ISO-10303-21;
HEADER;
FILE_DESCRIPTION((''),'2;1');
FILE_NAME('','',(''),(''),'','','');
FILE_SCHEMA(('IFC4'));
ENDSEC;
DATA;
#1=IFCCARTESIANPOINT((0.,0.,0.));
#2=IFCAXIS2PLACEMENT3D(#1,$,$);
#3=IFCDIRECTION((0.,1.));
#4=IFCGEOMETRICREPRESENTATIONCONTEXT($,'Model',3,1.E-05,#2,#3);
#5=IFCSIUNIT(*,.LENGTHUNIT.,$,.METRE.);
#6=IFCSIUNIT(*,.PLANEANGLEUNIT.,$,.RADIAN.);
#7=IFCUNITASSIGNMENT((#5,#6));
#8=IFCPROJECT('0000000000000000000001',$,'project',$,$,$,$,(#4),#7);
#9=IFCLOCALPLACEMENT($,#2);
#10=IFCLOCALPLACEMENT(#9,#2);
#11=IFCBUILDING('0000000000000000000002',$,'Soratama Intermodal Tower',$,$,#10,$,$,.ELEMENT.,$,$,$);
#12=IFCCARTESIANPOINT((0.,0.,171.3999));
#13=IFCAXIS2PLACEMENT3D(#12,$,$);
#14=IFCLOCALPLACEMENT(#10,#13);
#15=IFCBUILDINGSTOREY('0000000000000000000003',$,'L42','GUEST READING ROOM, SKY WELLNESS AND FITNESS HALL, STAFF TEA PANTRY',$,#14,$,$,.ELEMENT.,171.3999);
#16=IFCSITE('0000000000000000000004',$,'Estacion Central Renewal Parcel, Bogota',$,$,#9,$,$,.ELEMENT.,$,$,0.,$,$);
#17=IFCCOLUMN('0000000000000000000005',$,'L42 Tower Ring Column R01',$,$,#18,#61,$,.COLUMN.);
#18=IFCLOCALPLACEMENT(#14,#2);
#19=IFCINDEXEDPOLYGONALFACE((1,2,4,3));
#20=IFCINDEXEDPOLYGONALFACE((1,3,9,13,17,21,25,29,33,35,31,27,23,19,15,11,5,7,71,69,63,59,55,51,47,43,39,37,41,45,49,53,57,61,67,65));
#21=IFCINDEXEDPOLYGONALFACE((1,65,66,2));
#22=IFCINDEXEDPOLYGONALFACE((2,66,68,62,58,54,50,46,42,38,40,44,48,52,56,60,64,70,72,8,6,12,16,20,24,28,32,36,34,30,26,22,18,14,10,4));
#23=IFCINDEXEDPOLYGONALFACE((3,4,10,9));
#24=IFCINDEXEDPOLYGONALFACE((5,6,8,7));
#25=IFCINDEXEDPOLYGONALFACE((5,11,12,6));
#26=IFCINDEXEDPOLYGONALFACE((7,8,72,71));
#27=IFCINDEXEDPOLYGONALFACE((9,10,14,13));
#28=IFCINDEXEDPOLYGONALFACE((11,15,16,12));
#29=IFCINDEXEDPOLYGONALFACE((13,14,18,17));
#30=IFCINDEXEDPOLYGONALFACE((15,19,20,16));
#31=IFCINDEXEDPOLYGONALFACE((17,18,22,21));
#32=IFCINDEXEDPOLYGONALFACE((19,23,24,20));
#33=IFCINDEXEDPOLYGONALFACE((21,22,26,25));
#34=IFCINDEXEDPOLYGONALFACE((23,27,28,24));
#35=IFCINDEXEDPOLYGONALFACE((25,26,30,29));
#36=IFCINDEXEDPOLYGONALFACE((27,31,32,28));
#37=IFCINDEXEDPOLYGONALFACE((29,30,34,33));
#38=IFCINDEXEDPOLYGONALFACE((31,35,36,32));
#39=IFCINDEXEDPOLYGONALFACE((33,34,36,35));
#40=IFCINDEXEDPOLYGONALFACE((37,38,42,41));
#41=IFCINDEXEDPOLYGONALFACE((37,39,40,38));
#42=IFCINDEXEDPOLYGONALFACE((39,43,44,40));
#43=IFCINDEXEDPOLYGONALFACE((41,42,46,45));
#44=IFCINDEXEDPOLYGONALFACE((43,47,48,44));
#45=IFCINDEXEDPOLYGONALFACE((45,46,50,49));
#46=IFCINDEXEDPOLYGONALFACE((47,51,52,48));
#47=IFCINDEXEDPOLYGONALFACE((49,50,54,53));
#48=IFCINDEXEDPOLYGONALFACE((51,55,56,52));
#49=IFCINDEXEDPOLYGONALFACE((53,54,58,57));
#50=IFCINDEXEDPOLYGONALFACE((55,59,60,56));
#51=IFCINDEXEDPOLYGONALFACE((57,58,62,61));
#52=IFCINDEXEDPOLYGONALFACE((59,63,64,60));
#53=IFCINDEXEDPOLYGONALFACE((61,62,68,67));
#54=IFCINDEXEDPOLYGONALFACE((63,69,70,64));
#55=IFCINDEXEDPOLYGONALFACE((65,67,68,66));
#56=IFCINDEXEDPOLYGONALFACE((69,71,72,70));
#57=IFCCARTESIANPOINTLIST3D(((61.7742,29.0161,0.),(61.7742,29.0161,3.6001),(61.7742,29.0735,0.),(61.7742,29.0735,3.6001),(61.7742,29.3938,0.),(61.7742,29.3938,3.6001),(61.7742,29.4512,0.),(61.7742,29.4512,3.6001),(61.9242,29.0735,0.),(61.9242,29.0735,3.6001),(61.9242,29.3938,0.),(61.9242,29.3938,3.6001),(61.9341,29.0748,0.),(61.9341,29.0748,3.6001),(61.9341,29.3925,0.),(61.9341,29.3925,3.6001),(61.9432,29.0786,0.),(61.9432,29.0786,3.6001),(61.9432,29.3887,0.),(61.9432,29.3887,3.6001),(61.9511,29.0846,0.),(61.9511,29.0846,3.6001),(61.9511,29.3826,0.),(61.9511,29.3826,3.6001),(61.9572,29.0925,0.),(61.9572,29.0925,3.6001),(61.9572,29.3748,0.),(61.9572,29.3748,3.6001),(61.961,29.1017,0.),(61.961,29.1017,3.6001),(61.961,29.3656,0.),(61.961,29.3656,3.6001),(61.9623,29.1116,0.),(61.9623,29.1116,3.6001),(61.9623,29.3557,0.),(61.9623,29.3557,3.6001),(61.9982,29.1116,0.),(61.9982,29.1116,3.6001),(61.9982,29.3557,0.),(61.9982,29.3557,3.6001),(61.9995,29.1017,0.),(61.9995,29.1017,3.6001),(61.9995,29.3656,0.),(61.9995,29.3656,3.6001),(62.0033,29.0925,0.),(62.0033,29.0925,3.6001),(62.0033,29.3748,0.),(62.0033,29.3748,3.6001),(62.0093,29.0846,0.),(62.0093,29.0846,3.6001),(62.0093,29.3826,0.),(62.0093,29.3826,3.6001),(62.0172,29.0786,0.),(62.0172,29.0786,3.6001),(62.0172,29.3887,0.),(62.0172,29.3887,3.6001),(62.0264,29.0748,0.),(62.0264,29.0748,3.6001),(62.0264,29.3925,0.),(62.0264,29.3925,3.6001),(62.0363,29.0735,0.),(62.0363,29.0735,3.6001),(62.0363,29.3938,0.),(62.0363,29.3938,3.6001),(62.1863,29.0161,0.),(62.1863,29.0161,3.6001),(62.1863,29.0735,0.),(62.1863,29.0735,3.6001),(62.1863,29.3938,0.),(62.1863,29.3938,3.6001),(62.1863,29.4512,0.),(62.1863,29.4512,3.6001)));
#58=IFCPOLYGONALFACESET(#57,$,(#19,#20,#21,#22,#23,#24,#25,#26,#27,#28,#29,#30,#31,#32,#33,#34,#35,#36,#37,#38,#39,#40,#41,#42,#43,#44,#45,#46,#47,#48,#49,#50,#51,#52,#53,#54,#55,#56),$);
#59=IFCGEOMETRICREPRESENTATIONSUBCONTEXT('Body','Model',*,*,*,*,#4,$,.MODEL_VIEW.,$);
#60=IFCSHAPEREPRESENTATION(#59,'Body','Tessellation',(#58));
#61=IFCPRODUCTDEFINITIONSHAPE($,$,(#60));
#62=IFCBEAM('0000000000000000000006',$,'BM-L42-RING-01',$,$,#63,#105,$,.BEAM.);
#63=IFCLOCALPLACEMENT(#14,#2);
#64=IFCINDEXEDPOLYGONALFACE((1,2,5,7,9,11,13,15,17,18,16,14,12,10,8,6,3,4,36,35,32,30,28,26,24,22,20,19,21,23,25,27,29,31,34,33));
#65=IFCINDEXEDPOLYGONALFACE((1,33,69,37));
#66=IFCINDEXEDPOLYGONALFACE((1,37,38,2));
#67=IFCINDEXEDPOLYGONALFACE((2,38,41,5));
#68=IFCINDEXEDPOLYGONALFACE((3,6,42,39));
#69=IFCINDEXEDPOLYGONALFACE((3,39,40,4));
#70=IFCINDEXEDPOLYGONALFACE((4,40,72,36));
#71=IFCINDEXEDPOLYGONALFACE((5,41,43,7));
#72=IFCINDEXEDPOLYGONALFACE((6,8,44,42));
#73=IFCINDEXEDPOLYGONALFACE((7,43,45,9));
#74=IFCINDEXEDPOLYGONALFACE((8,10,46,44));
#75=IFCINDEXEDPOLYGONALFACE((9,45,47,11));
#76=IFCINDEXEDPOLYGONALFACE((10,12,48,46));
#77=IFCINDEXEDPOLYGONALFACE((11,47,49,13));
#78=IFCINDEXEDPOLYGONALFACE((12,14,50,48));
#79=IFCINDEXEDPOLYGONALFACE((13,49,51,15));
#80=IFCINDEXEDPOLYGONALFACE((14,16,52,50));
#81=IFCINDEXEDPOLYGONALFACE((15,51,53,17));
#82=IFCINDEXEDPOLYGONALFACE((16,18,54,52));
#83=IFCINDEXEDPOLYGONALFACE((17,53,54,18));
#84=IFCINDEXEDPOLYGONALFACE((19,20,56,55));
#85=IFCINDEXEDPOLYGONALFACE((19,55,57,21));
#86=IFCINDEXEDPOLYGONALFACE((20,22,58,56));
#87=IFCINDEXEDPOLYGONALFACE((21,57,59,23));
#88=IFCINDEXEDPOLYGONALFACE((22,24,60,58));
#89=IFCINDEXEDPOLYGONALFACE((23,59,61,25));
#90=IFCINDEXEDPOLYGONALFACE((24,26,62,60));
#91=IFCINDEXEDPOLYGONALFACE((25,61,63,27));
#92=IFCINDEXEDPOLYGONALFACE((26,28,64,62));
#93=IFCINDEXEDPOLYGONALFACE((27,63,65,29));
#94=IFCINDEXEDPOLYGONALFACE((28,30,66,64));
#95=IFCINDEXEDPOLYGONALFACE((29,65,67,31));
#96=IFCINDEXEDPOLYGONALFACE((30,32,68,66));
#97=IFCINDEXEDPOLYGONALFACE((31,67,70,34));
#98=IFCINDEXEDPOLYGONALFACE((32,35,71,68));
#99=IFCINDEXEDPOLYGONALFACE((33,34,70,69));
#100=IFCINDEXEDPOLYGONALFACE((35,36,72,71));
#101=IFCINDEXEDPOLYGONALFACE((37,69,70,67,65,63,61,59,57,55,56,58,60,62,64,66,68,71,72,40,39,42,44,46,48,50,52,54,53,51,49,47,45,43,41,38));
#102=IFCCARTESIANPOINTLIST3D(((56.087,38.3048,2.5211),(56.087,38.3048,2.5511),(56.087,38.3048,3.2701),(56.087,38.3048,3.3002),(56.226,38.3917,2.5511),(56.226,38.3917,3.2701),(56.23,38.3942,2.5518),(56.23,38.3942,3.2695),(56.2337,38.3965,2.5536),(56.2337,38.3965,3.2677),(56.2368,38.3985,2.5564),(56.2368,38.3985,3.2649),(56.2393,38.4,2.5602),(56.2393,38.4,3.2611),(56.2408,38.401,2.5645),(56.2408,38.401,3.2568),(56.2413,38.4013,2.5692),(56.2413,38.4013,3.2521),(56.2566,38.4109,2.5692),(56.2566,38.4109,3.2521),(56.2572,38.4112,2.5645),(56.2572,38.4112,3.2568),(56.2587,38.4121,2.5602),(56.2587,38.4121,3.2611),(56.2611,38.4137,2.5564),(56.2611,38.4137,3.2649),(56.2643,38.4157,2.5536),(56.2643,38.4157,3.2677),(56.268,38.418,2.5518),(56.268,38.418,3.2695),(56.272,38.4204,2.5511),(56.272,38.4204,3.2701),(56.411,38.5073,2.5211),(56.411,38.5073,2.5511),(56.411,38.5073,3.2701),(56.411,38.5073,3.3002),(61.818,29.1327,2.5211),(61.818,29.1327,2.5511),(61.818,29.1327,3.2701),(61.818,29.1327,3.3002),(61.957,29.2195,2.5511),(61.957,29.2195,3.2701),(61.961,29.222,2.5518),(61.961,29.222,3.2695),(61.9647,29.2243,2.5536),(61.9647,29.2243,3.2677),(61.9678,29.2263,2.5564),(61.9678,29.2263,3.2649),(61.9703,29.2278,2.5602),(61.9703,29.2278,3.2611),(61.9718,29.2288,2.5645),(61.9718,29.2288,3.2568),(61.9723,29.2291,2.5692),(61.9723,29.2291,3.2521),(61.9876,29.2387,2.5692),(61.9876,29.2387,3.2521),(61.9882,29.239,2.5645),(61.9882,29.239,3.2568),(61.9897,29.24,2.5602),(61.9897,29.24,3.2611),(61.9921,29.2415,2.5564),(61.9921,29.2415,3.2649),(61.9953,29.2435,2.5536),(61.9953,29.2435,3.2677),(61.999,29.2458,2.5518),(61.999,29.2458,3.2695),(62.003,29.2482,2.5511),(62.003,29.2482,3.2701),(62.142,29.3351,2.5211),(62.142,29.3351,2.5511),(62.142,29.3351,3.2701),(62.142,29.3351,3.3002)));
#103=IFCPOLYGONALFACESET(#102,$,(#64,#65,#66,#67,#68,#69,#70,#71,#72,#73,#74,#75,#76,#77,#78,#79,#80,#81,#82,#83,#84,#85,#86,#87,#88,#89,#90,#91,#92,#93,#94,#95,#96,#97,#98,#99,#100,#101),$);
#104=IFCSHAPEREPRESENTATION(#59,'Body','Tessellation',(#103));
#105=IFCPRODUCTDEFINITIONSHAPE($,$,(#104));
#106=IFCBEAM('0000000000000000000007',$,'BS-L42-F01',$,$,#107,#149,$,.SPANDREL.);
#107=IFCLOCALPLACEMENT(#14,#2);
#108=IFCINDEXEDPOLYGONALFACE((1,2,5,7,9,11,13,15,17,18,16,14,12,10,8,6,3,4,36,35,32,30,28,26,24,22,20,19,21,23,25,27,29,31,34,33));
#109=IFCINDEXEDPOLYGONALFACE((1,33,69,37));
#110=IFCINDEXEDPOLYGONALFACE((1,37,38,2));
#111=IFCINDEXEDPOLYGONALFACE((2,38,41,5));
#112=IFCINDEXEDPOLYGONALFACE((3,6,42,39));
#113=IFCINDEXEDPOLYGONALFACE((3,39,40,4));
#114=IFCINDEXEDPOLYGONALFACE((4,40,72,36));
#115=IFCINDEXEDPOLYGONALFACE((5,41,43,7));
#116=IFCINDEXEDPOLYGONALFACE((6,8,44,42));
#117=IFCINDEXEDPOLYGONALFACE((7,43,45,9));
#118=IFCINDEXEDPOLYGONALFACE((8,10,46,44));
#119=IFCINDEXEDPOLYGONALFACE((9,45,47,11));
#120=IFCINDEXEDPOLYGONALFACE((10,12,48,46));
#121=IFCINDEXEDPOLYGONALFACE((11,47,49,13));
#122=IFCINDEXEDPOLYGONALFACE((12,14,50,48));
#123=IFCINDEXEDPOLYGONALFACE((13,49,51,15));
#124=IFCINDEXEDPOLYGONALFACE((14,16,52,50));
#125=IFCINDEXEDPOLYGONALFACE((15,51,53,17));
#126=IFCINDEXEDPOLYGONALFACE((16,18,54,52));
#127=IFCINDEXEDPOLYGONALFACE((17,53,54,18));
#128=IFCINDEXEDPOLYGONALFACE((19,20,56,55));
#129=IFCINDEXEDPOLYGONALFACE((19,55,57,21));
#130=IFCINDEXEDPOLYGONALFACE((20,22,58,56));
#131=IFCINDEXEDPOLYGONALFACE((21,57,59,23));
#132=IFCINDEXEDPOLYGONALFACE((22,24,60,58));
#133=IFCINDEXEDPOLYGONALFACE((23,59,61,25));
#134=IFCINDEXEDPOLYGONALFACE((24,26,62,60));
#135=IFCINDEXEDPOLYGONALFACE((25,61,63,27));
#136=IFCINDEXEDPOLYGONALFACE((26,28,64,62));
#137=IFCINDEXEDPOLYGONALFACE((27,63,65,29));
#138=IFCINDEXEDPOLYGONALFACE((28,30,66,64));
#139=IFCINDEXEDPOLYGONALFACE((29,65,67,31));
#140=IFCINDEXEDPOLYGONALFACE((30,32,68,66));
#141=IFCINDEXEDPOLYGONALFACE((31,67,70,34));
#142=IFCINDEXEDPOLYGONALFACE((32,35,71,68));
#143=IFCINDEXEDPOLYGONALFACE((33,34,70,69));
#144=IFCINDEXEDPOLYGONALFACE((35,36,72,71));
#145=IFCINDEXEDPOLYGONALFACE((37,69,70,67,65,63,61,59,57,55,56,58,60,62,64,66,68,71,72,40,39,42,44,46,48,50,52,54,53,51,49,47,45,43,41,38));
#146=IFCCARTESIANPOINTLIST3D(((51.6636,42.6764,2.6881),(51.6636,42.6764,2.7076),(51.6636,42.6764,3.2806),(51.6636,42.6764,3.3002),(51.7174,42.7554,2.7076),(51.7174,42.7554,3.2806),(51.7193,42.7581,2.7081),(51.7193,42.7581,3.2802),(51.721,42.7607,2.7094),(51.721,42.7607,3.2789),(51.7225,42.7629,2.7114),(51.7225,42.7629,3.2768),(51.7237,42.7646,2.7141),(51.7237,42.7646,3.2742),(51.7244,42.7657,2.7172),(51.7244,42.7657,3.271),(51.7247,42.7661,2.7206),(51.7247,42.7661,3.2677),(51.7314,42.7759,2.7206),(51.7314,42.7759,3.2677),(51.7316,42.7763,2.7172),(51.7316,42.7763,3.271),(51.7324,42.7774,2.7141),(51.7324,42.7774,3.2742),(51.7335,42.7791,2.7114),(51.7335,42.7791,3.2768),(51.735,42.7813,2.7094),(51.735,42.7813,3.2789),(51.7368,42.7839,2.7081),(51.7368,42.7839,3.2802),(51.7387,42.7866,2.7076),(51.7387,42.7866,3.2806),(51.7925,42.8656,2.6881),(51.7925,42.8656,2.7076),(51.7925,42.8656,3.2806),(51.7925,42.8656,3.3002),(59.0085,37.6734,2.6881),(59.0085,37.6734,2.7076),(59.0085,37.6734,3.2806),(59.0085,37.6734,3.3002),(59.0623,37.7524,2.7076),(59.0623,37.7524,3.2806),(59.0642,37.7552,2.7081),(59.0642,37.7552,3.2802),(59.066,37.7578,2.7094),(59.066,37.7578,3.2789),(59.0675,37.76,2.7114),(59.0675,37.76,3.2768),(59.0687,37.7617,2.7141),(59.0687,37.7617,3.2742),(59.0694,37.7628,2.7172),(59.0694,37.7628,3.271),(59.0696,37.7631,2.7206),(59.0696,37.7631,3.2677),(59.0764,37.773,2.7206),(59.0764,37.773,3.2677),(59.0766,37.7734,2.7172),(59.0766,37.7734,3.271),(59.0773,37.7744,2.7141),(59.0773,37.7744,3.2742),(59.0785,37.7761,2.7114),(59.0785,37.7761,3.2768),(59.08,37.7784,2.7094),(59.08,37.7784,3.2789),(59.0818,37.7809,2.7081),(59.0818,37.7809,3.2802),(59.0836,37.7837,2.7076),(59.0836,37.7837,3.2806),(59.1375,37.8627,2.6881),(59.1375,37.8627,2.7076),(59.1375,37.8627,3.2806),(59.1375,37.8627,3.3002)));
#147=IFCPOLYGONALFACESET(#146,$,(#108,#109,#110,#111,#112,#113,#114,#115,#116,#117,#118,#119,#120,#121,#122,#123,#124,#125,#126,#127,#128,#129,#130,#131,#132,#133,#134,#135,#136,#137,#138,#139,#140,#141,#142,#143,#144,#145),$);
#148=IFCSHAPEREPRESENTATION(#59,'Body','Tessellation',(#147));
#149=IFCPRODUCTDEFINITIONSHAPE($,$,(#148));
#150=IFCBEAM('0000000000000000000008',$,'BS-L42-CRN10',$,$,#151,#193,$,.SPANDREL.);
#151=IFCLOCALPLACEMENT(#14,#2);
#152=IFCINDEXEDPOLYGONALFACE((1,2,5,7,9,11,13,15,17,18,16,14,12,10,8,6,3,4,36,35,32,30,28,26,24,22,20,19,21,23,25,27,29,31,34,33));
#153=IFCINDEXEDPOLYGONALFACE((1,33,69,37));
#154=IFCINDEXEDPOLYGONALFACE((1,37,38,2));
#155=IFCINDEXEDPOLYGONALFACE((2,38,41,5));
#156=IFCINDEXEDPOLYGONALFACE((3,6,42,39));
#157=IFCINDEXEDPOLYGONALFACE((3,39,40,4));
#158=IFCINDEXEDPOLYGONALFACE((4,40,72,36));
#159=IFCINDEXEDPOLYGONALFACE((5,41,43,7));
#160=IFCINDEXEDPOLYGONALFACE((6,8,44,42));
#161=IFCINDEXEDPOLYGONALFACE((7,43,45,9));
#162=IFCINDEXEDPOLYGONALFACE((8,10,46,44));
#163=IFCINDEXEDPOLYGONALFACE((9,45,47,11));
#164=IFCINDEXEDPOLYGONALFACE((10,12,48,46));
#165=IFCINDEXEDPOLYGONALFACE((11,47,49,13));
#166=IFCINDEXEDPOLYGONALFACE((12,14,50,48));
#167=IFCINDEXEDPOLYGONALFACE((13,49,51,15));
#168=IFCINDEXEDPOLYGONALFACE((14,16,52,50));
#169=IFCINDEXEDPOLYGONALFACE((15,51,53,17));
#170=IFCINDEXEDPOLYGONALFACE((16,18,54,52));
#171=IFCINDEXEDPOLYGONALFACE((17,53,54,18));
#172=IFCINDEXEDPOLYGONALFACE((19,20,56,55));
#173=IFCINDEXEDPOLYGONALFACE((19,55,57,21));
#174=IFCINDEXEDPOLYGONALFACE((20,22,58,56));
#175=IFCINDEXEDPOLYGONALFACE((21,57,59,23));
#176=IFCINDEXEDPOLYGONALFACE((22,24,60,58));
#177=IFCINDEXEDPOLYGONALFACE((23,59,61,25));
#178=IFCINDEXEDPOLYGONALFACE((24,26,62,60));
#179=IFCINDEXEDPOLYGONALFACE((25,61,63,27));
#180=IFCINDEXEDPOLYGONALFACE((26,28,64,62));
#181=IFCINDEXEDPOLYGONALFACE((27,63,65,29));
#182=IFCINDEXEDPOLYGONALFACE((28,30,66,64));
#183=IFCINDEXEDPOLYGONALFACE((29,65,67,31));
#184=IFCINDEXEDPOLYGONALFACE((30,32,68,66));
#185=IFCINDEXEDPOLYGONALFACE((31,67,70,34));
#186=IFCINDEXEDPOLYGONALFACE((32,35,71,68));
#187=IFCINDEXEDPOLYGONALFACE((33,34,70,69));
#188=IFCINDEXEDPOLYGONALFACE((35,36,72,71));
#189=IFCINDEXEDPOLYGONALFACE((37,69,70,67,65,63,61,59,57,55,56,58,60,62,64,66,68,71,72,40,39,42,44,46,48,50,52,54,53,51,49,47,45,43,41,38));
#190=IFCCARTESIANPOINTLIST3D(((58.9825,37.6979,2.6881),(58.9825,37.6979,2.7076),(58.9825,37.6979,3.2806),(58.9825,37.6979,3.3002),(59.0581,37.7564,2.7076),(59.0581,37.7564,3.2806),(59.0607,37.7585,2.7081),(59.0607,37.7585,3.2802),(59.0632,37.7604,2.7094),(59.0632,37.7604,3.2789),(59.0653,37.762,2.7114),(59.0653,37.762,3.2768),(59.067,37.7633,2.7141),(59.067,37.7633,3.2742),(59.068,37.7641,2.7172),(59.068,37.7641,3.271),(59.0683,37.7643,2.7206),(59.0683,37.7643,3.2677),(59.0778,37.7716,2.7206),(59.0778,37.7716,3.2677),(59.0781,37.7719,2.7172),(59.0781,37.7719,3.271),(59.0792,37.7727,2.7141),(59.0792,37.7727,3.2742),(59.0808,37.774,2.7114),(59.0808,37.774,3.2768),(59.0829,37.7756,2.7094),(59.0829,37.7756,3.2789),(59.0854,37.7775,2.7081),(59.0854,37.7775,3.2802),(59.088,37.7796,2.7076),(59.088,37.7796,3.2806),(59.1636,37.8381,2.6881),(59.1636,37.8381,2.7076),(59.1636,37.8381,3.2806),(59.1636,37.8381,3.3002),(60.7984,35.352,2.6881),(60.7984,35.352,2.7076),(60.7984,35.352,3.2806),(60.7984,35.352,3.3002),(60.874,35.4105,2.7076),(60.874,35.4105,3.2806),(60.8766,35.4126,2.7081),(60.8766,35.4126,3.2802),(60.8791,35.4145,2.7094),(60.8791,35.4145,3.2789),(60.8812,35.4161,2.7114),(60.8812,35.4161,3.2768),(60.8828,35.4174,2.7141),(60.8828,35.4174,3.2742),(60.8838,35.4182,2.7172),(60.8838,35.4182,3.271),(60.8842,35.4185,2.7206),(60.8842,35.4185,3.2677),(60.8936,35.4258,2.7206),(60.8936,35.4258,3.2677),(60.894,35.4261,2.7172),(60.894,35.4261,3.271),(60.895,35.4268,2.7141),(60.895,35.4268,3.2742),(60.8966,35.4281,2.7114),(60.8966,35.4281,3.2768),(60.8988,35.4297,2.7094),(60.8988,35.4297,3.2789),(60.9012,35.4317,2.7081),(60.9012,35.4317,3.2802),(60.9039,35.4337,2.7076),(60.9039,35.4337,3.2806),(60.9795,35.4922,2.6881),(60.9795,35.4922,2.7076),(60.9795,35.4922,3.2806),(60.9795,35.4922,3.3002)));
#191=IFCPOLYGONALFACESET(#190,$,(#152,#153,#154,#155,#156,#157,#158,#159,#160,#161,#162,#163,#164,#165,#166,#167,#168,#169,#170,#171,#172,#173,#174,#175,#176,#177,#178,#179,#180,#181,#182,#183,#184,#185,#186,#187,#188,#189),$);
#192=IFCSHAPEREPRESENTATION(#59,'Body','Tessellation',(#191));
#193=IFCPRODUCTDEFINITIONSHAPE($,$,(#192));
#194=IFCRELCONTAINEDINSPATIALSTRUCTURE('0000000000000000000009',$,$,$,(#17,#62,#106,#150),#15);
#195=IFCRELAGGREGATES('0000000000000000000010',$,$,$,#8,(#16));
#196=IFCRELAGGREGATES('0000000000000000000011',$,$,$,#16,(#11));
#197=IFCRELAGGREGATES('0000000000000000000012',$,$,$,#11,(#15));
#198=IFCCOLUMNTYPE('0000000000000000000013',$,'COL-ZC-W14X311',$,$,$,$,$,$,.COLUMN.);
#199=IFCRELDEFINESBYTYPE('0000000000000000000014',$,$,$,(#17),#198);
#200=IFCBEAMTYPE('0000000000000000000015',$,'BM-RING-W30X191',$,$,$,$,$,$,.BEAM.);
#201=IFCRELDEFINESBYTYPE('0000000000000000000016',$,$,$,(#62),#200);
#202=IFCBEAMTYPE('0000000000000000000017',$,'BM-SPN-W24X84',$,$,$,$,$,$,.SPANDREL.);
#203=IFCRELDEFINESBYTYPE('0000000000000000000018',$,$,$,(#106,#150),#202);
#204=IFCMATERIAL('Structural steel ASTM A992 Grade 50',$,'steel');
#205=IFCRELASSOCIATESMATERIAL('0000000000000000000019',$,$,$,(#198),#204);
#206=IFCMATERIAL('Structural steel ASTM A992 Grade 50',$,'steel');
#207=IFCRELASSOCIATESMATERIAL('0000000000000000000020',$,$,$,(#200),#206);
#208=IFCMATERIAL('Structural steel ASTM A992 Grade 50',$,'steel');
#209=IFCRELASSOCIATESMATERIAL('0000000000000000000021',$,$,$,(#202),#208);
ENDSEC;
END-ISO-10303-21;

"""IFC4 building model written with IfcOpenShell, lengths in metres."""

from ifc_helpers import new_model, si_unit, direction, frame, origin, origin_2d, place, context, subcontext, project, spatial, i_section, extrude, material, material_profile, profile_set, type_object, element, save


model = new_model("IFC4")

# Units and contexts
model_context = context("Model", 3, precision=1e-05, world=origin(), true_north=direction((0.0, 1.0)))
body_context = subcontext(model_context, "Body", "Model", "MODEL_VIEW")
ifc_project = project(units=[si_unit("LENGTHUNIT", "METRE"), si_unit("PLANEANGLEUNIT", "RADIAN")], contexts=[model_context])

# Site, building, storey
site_placement = place(None, origin())
site = spatial("IfcSite", under=ifc_project, at=site_placement, Name="Estacion Central Renewal Parcel, Bogota", CompositionType="ELEMENT", RefElevation=0.0)
building_placement = place(site_placement, origin())
building = spatial("IfcBuilding", under=site, at=building_placement, Name="Soratama Intermodal Tower", CompositionType="ELEMENT")
storey_placement = place(building_placement, frame((0.0, 0.0, 171.3999)))
storey = spatial("IfcBuildingStorey", under=building, at=storey_placement, Name="L42", Description="GUEST READING ROOM, SKY WELLNESS AND FITNESS HALL, STAFF TEA PANTRY", CompositionType="ELEMENT", Elevation=171.3999)

# Column
ifc_material_1 = material(Name="Structural steel ASTM A992 Grade 50", Category="steel")
ifc_material_profile_1 = material_profile(ifc_material_1, i_section(OverallWidth=0.4121, OverallDepth=0.4351, WebThickness=0.0359, FlangeThickness=0.0574, FilletRadius=0.0381, at=origin_2d()), Name="W14X311")
ifc_profile_set_1 = profile_set([ifc_material_profile_1], Name="Structural steel ASTM A992 Grade 50")
column_type = type_object("IfcColumnType", Name="COL-ZC-W14X311", PredefinedType="COLUMN", material=ifc_profile_set_1)
column_placement = place(storey_placement, frame((61.9802, 29.2336, 0.0), z_axis=(0.0, 0.0, 1.0), x_axis=(1.0, 0.0, 0.0)))
element("IfcColumn", 1, at=column_placement, inside=storey, type_object=column_type, Name="L42 Tower Ring Column R01", PredefinedType="COLUMN", context=body_context, shape_type="SweptSolid", body=[
    extrude(i_section(OverallWidth=0.4121, OverallDepth=0.4351, WebThickness=0.0359, FlangeThickness=0.0574, FilletRadius=0.0381, at=origin_2d()), origin(), (0.0, 0.0, 1.0), 3.6001),
])

# Beams
ifc_material_2 = material(Name="Structural steel ASTM A992 Grade 50", Category="steel")
ifc_material_profile_2 = material_profile(ifc_material_2, i_section(OverallWidth=0.3821, OverallDepth=0.7791, WebThickness=0.0181, FlangeThickness=0.03, FilletRadius=0.0181, at=origin_2d()), Name="W30X191")
ifc_profile_set_2 = profile_set([ifc_material_profile_2], Name="Structural steel ASTM A992 Grade 50")
beam_type_1 = type_object("IfcBeamType", Name="BM-RING-W30X191", PredefinedType="BEAM", material=ifc_profile_set_2)
beam_1_placement = place(storey_placement, frame((61.98, 29.2339, 2.9106), z_axis=(-0.529891, 0.848066, 0.0), x_axis=(-0.848066, -0.529891, 0.0)))
element("IfcBeam", 2, at=beam_1_placement, inside=storey, type_object=beam_type_1, Name="BM-L42-RING-01", PredefinedType="BEAM", context=body_context, shape_type="SweptSolid", body=[
    extrude(i_section(OverallWidth=0.3821, OverallDepth=0.7791, WebThickness=0.0181, FlangeThickness=0.03, FilletRadius=0.0181, at=origin_2d()), origin(), (0.0, 0.0, 1.0), 10.8154),
])
ifc_material_3 = material(Name="Structural steel ASTM A992 Grade 50", Category="steel")
ifc_material_profile_3 = material_profile(ifc_material_3, i_section(OverallWidth=0.229, OverallDepth=0.6121, WebThickness=0.012, FlangeThickness=0.0195, FilletRadius=0.0129, at=origin_2d()), Name="W24X84")
ifc_profile_set_3 = profile_set([ifc_material_profile_3], Name="Structural steel ASTM A992 Grade 50")
beam_type_2 = type_object("IfcBeamType", Name="BM-SPN-W24X84", PredefinedType="SPANDREL", material=ifc_profile_set_3)
beam_2_placement = place(storey_placement, frame((59.073, 37.7681, 2.9941), z_axis=(-0.826489, 0.562952, 0.0), x_axis=(-0.562952, -0.826489, 0.0)))
element("IfcBeam", 3, at=beam_2_placement, inside=storey, type_object=beam_type_2, Name="BS-L42-F01", PredefinedType="SPANDREL", context=body_context, shape_type="SweptSolid", body=[
    extrude(i_section(OverallWidth=0.229, OverallDepth=0.6121, WebThickness=0.012, FlangeThickness=0.0195, FilletRadius=0.0129, at=origin_2d()), origin(), (0.0, 0.0, 1.0), 8.887),
])
beam_3_placement = place(storey_placement, frame((60.8889, 35.4221, 2.9941), z_axis=(-0.61211, 0.790773, 0.0), x_axis=(-0.790773, -0.61211, 0.0)))
element("IfcBeam", 4, at=beam_3_placement, inside=storey, type_object=beam_type_2, Name="BS-L42-CRN10", PredefinedType="SPANDREL", context=body_context, shape_type="SweptSolid", body=[
    extrude(i_section(OverallWidth=0.229, OverallDepth=0.6121, WebThickness=0.012, FlangeThickness=0.0195, FilletRadius=0.0129, at=origin_2d()), origin(), (0.0, 0.0, 1.0), 2.9666),
])

save(model, "model.ifc")
